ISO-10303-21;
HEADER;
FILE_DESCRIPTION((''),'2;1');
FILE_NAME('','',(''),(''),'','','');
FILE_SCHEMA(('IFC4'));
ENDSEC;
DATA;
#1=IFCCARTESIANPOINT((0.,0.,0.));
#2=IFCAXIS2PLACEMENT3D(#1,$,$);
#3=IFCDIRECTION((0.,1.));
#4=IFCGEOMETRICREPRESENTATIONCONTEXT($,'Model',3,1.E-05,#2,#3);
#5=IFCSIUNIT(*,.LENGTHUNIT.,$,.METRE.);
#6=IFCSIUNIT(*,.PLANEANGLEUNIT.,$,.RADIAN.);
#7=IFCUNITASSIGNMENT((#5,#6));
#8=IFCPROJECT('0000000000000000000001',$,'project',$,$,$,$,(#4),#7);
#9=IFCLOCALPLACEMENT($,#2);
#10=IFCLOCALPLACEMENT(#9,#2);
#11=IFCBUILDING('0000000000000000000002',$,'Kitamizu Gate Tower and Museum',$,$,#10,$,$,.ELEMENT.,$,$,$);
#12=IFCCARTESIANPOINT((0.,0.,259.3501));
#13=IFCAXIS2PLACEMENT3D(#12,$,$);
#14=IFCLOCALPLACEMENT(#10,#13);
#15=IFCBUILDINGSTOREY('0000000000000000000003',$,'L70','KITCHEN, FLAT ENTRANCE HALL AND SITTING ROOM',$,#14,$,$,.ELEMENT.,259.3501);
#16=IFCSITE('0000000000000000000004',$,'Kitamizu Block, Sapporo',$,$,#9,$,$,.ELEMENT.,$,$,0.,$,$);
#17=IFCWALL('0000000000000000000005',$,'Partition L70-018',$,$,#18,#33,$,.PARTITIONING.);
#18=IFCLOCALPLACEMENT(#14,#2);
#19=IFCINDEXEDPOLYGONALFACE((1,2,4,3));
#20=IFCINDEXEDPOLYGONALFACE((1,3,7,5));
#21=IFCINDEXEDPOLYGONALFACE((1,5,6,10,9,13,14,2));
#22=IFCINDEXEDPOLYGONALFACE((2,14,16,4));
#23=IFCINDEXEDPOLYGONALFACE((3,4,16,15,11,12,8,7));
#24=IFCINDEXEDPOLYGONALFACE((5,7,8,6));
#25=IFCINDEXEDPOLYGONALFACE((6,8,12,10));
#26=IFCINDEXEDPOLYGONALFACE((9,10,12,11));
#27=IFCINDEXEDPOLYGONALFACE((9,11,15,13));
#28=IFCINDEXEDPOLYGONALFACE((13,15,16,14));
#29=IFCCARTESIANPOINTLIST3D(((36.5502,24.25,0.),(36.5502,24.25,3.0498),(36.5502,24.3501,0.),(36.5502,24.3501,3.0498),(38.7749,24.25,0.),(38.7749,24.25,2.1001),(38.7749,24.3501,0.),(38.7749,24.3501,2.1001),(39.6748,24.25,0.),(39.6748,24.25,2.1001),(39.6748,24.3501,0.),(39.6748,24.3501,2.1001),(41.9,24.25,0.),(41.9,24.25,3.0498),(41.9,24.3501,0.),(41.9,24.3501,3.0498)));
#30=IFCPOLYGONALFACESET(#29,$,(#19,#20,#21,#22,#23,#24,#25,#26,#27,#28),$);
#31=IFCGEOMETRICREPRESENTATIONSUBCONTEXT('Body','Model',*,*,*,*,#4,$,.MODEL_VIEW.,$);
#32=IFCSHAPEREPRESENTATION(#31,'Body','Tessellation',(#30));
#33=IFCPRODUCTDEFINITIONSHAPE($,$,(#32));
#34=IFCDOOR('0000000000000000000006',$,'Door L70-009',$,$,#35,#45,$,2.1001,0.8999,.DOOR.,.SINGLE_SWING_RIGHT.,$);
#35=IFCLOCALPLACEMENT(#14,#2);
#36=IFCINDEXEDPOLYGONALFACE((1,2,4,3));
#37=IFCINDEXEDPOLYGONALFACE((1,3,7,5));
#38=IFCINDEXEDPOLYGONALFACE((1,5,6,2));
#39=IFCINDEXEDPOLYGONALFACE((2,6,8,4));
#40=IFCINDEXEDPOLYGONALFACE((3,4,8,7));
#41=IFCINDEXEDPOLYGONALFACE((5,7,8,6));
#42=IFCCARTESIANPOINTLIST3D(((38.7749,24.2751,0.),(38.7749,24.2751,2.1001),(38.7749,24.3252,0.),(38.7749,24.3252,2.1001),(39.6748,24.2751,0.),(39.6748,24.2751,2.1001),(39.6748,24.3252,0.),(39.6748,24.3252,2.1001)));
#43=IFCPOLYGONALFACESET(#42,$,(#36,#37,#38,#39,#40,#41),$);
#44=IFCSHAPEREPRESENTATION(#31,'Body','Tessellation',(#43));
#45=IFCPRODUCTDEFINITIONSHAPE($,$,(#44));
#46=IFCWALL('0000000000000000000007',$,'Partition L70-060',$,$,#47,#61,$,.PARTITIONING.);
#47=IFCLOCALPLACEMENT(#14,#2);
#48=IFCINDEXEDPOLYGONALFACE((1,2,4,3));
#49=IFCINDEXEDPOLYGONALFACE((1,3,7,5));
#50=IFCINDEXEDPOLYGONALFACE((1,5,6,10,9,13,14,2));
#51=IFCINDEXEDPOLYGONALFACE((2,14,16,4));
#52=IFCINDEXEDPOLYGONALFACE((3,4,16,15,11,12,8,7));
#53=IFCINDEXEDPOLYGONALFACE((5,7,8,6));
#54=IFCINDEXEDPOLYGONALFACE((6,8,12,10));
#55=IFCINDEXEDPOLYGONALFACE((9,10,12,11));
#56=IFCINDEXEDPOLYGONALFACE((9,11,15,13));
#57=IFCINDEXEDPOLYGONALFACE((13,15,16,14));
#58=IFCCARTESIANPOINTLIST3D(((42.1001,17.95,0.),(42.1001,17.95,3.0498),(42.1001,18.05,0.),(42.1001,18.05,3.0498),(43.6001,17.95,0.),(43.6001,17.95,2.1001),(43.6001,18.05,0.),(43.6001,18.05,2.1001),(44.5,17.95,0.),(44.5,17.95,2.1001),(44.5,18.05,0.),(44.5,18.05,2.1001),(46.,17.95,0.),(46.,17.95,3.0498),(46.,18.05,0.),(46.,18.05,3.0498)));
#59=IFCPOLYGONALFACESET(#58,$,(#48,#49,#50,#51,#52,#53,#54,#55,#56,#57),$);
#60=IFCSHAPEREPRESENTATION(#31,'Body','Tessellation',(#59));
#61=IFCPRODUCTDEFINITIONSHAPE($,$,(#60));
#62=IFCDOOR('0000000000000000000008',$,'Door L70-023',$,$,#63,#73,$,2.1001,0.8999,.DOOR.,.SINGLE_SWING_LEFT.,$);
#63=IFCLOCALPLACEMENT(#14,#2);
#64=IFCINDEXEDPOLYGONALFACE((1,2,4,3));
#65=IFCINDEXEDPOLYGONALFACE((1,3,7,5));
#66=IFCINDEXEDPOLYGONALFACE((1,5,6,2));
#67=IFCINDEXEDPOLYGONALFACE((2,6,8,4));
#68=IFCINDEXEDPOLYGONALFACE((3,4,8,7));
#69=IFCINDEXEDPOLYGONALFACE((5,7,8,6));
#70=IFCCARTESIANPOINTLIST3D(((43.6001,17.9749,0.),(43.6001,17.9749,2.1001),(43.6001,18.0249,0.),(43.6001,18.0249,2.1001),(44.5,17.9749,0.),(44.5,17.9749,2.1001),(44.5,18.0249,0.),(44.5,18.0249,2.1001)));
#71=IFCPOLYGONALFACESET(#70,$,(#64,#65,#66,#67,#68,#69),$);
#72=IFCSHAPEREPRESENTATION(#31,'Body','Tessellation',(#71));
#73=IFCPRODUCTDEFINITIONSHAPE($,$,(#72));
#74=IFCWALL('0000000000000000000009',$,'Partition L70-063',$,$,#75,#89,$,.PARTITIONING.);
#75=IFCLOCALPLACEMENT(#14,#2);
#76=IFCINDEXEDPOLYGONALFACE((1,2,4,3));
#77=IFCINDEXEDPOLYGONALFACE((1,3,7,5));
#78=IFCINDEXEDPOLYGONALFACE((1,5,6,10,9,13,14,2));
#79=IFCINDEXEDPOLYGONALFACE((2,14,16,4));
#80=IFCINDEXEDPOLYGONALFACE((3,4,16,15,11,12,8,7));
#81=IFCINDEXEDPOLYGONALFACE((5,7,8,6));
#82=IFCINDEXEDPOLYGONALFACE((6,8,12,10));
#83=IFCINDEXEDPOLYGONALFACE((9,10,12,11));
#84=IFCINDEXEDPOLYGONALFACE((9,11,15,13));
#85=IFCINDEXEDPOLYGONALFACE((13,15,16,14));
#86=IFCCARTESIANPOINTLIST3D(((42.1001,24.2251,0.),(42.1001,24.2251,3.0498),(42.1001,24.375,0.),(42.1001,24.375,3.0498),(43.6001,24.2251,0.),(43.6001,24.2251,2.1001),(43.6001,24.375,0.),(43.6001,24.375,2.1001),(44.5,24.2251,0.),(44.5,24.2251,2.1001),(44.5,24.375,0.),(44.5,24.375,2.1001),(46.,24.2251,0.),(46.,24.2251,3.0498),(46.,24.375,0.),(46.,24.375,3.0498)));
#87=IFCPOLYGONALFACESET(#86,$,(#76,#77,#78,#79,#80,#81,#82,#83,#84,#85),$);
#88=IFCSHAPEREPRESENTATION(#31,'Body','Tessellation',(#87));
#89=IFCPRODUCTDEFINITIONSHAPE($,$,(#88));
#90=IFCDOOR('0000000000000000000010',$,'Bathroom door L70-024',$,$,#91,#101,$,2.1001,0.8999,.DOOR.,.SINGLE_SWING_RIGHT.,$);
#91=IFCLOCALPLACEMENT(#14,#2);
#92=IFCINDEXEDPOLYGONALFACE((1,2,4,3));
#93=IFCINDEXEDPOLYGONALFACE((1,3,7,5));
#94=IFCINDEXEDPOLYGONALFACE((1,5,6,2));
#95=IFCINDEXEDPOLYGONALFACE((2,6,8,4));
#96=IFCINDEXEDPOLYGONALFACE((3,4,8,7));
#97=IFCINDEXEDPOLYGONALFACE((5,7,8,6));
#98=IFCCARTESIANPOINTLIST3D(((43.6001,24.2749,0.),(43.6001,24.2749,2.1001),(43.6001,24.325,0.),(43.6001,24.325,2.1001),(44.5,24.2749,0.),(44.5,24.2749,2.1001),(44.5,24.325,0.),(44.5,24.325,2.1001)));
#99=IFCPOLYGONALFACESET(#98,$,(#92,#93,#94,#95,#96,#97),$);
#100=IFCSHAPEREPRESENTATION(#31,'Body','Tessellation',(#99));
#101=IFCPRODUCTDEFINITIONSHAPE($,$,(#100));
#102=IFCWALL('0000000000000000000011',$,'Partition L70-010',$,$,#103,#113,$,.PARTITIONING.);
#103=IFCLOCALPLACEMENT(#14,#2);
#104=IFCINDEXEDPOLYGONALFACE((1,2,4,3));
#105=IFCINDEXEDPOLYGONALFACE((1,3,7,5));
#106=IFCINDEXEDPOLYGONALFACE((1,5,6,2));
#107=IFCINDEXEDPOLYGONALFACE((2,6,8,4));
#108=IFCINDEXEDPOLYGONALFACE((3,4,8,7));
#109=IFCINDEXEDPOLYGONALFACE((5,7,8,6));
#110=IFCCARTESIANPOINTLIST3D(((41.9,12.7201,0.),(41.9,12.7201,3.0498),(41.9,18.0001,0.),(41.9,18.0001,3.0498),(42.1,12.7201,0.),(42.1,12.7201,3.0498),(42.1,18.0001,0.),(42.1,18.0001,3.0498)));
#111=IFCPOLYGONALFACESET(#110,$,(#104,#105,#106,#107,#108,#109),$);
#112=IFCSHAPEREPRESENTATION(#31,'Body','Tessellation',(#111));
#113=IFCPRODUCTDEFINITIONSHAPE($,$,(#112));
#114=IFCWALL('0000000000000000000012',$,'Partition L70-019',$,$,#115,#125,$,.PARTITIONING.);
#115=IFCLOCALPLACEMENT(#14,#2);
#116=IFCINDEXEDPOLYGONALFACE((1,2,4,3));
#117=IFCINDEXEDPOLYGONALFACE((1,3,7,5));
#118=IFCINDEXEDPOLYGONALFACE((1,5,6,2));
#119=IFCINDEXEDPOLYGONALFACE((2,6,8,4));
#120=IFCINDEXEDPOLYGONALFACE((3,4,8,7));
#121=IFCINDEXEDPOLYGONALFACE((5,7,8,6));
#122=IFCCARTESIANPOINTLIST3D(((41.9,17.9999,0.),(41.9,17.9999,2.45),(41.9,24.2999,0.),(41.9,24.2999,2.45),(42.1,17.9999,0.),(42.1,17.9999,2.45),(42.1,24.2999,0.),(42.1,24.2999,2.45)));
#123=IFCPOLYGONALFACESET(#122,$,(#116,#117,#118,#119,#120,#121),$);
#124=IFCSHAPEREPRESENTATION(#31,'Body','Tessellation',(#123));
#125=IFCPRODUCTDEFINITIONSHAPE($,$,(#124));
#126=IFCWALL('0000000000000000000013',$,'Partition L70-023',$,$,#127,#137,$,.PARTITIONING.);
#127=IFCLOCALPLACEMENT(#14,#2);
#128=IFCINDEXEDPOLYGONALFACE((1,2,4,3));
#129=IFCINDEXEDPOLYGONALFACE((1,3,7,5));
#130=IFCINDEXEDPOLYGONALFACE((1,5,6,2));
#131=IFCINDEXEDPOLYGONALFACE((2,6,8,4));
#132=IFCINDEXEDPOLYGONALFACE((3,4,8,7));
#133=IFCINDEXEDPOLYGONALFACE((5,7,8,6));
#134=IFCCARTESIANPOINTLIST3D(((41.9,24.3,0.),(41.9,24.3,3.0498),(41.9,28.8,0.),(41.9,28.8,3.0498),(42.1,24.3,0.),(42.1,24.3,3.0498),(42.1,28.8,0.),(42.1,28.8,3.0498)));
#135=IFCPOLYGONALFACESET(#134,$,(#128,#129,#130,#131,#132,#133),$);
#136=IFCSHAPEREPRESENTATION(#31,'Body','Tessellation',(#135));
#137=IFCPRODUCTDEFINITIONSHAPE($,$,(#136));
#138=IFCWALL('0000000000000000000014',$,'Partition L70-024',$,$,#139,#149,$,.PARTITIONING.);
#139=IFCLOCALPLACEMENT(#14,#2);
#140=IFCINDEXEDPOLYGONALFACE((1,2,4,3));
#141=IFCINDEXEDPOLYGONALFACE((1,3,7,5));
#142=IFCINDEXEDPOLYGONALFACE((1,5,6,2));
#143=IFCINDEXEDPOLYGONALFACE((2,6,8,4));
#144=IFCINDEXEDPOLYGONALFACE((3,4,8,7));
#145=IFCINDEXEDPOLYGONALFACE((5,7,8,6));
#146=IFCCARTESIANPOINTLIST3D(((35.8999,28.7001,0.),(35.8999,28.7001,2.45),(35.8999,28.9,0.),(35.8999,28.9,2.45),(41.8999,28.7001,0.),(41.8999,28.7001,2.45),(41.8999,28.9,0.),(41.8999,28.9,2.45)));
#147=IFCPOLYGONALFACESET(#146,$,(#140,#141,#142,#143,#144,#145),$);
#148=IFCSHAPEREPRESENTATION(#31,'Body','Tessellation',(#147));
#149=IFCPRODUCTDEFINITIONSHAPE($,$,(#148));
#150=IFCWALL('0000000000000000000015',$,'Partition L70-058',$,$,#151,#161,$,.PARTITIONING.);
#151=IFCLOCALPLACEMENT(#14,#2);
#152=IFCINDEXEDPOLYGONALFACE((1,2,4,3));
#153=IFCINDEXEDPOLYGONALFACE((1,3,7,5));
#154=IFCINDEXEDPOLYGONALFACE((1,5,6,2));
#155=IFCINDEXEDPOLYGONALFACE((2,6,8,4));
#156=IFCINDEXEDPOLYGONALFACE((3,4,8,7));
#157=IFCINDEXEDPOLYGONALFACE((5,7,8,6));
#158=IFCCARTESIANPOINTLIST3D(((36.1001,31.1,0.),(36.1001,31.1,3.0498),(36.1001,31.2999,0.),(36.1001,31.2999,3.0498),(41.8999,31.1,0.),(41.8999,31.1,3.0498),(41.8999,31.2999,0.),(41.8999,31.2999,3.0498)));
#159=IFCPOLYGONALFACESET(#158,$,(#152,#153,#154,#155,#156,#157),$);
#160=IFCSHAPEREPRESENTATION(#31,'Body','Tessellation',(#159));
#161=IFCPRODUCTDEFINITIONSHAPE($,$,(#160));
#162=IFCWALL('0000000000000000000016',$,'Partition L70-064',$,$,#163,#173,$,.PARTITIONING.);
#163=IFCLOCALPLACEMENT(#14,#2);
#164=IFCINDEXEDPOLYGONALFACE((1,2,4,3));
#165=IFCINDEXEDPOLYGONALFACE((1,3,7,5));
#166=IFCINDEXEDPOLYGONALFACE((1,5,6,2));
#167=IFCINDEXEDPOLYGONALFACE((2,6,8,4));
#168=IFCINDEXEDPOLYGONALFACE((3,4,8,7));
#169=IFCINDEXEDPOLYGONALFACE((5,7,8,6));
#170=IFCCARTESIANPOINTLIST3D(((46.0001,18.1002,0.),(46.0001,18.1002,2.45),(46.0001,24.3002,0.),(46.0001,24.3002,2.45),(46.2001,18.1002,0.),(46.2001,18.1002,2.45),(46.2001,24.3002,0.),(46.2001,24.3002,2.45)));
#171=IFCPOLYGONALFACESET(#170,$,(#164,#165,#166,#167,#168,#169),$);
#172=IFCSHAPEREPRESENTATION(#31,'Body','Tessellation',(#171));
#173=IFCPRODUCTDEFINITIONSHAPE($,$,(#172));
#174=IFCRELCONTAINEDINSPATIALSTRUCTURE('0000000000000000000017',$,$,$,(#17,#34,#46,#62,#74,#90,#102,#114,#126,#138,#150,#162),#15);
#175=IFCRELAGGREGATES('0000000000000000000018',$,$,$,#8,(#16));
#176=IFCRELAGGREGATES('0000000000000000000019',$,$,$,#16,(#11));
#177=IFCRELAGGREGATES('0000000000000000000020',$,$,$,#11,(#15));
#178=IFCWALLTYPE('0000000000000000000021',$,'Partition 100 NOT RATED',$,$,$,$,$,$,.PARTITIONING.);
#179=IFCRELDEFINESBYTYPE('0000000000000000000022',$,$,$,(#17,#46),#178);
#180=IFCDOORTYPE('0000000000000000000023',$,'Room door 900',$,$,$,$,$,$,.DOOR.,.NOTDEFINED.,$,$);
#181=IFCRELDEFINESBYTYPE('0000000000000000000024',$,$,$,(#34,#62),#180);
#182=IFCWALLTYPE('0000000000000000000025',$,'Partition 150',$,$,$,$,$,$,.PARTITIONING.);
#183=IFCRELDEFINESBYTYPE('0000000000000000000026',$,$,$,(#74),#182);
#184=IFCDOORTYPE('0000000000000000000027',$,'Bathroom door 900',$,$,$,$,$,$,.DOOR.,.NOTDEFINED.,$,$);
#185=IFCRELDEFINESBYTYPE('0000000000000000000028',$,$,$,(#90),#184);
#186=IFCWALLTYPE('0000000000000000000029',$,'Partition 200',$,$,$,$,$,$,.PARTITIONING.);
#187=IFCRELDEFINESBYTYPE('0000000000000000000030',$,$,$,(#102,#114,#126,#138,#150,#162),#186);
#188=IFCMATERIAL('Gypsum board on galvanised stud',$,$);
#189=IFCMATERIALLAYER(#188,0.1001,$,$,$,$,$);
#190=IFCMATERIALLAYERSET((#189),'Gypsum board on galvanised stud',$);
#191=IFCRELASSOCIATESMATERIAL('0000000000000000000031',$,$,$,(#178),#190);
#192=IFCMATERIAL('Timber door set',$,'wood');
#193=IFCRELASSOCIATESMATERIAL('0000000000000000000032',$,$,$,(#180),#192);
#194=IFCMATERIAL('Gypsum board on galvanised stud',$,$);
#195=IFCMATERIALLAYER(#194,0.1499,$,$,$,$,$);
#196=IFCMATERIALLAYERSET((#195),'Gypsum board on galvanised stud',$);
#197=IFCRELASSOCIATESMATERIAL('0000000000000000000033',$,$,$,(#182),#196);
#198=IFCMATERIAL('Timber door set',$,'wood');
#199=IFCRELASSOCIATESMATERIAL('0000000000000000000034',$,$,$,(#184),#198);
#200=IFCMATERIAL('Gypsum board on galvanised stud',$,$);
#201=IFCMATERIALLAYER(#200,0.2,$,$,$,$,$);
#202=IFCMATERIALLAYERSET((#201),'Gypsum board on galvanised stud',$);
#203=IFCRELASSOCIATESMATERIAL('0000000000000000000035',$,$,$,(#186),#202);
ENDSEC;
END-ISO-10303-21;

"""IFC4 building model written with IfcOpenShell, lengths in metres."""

from ifc_helpers import new_model, si_unit, direction, frame, frame_2d, origin, place, context, subcontext, project, spatial, rectangle, extrude, material, layer, layer_set, type_object, element, fill, save


model = new_model("IFC4")

# Units and contexts
model_context = context("Model", 3, precision=1e-05, world=origin(), true_north=direction((0.0, 1.0)))
body_context = subcontext(model_context, "Body", "Model", "MODEL_VIEW")
ifc_project = project(units=[si_unit("LENGTHUNIT", "METRE"), si_unit("PLANEANGLEUNIT", "RADIAN")], contexts=[model_context])

# Site, building, storey
site_placement = place(None, origin())
site = spatial("IfcSite", under=ifc_project, at=site_placement, Name="Kitamizu Block, Sapporo", CompositionType="ELEMENT", RefElevation=0.0)
building_placement = place(site_placement, origin())
building = spatial("IfcBuilding", under=site, at=building_placement, Name="Kitamizu Gate Tower and Museum", CompositionType="ELEMENT")
storey_placement = place(building_placement, frame((0.0, 0.0, 259.3501)))
storey = spatial("IfcBuildingStorey", under=building, at=storey_placement, Name="L70", Description="KITCHEN, FLAT ENTRANCE HALL AND SITTING ROOM", CompositionType="ELEMENT", Elevation=259.3501)

# Shared definitions
ifc_material_1 = material(Name="Gypsum board on galvanised stud")
ifc_layer_1 = layer(ifc_material_1, 0.1001)
ifc_layer_set_1 = layer_set([ifc_layer_1], Name="Gypsum board on galvanised stud")
wall_type_1 = type_object("IfcWallType", Name="Partition 100 NOT RATED", PredefinedType="PARTITIONING", material=ifc_layer_set_1)
ifc_material_2 = material(Name="Timber door set", Category="wood")
door_type_1 = type_object("IfcDoorType", Name="Room door 900", OperationType="NOTDEFINED", PredefinedType="DOOR", material=ifc_material_2)

# Walls, openings, doors
wall_1_placement = place(storey_placement, frame((41.8999, 24.3, 0.0), z_axis=(0.0, 0.0, 1.0), x_axis=(-1.0, 0.0, 0.0)))
wall_1 = element("IfcWall", 1, at=wall_1_placement, inside=storey, type_object=wall_type_1, Name="Partition L70-018", PredefinedType="PARTITIONING", context=body_context, shape_type="SweptSolid", body=[
    extrude(rectangle(XDim=5.3499, YDim=0.1001, at=frame_2d((2.6748, 0.0))), origin(), (0.0, 0.0, 1.0), 3.0498),
])
opening_1_placement = place(wall_1_placement, frame((2.2251, 0.0, 0.0)))
opening_1 = element("IfcOpeningElement", 2, at=opening_1_placement, cuts=wall_1, PredefinedType="OPENING", context=body_context, shape_type="SweptSolid", body=[
    extrude(rectangle(XDim=0.8999, YDim=2.1001, at=frame_2d((0.45, 1.05))), frame((0.0, 0.0601, 0.0), z_axis=(0.0, -1.0, 0.0), x_axis=(1.0, 0.0, 0.0)), (0.0, 0.0, 1.0), 0.1201),
])
door_1_placement = place(opening_1_placement, origin())
door_1 = element("IfcDoor", 3, at=door_1_placement, inside=storey, type_object=door_type_1, Name="Door L70-009", OperationType="SINGLE_SWING_RIGHT", OverallHeight=2.1001, OverallWidth=0.8999, PredefinedType="DOOR", context=body_context, shape_type="SweptSolid", body=[
    extrude(rectangle(XDim=0.8999, YDim=2.1001, at=frame_2d((0.45, 1.05))), frame((0.0, 0.0249, 0.0), z_axis=(0.0, -1.0, 0.0), x_axis=(1.0, 0.0, 0.0)), (0.0, 0.0, 1.0), 0.05),
])
fill(opening_1, door_1)
wall_2_placement = place(storey_placement, frame((46.0, 18.0, 0.0), z_axis=(0.0, 0.0, 1.0), x_axis=(-1.0, 0.0, 0.0)))
wall_2 = element("IfcWall", 4, at=wall_2_placement, inside=storey, type_object=wall_type_1, Name="Partition L70-060", PredefinedType="PARTITIONING", context=body_context, shape_type="SweptSolid", body=[
    extrude(rectangle(XDim=3.8999, YDim=0.1001, at=frame_2d((1.95, 0.0))), origin(), (0.0, 0.0, 1.0), 3.0498),
])
opening_2_placement = place(wall_2_placement, frame((1.5, 0.0, 0.0)))
opening_2 = element("IfcOpeningElement", 5, at=opening_2_placement, cuts=wall_2, PredefinedType="OPENING", context=body_context, shape_type="SweptSolid", body=[
    extrude(rectangle(XDim=0.8999, YDim=2.1001, at=frame_2d((0.45, 1.05))), frame((0.0, 0.0601, 0.0), z_axis=(0.0, -1.0, 0.0), x_axis=(1.0, 0.0, 0.0)), (0.0, 0.0, 1.0), 0.1201),
])
door_2_placement = place(opening_2_placement, frame((0.8999, 0.0, 0.0), x_axis=(-1.0, 0.0, 0.0)))
door_2 = element("IfcDoor", 6, at=door_2_placement, inside=storey, type_object=door_type_1, Name="Door L70-023", OperationType="SINGLE_SWING_LEFT", OverallHeight=2.1001, OverallWidth=0.8999, PredefinedType="DOOR", context=body_context, shape_type="SweptSolid", body=[
    extrude(rectangle(XDim=0.8999, YDim=2.1001, at=frame_2d((0.45, 1.05))), frame((0.0, 0.0249, 0.0), z_axis=(0.0, -1.0, 0.0), x_axis=(1.0, 0.0, 0.0)), (0.0, 0.0, 1.0), 0.05),
])
fill(opening_2, door_2)
ifc_material_3 = material(Name="Gypsum board on galvanised stud")
ifc_layer_2 = layer(ifc_material_3, 0.1499)
ifc_layer_set_2 = layer_set([ifc_layer_2], Name="Gypsum board on galvanised stud")
wall_type_2 = type_object("IfcWallType", Name="Partition 150", PredefinedType="PARTITIONING", material=ifc_layer_set_2)
wall_3_placement = place(storey_placement, frame((46.0, 24.3, 0.0), z_axis=(0.0, 0.0, 1.0), x_axis=(-1.0, 0.0, 0.0)))
wall_3 = element("IfcWall", 7, at=wall_3_placement, inside=storey, type_object=wall_type_2, Name="Partition L70-063", PredefinedType="PARTITIONING", context=body_context, shape_type="SweptSolid", body=[
    extrude(rectangle(XDim=3.8999, YDim=0.1499, at=frame_2d((1.95, 0.0))), origin(), (0.0, 0.0, 1.0), 3.0498),
])
opening_3_placement = place(wall_3_placement, frame((1.5, 0.0, 0.0)))
opening_3 = element("IfcOpeningElement", 8, at=opening_3_placement, cuts=wall_3, PredefinedType="OPENING", context=body_context, shape_type="SweptSolid", body=[
    extrude(rectangle(XDim=0.8999, YDim=2.1001, at=frame_2d((0.45, 1.05))), frame((0.0, 0.085, 0.0), z_axis=(0.0, -1.0, 0.0), x_axis=(1.0, 0.0, 0.0)), (0.0, 0.0, 1.0), 0.1699),
])
ifc_material_4 = material(Name="Timber door set", Category="wood")
door_type_2 = type_object("IfcDoorType", Name="Bathroom door 900", OperationType="NOTDEFINED", PredefinedType="DOOR", material=ifc_material_4)
door_3_placement = place(opening_3_placement, frame((0.8999, 0.0, 0.0), x_axis=(-1.0, 0.0, 0.0)))
door_3 = element("IfcDoor", 9, at=door_3_placement, inside=storey, type_object=door_type_2, Name="Bathroom door L70-024", OperationType="SINGLE_SWING_RIGHT", OverallHeight=2.1001, OverallWidth=0.8999, PredefinedType="DOOR", context=body_context, shape_type="SweptSolid", body=[
    extrude(rectangle(XDim=0.8999, YDim=2.1001, at=frame_2d((0.45, 1.05))), frame((0.0, 0.0249, 0.0), z_axis=(0.0, -1.0, 0.0), x_axis=(1.0, 0.0, 0.0)), (0.0, 0.0, 1.0), 0.05),
])
fill(opening_3, door_3)

# Walls
ifc_material_5 = material(Name="Gypsum board on galvanised stud")
ifc_layer_3 = layer(ifc_material_5, 0.2)
ifc_layer_set_3 = layer_set([ifc_layer_3], Name="Gypsum board on galvanised stud")
wall_type_3 = type_object("IfcWallType", Name="Partition 200", PredefinedType="PARTITIONING", material=ifc_layer_set_3)
wall_4_placement = place(storey_placement, frame((42.0, 12.72, 0.0), z_axis=(0.0, 0.0, 1.0), x_axis=(0.0, 1.0, 0.0)))
element("IfcWall", 10, at=wall_4_placement, inside=storey, type_object=wall_type_3, Name="Partition L70-010", PredefinedType="PARTITIONING", context=body_context, shape_type="SweptSolid", body=[
    extrude(rectangle(XDim=5.28, YDim=0.2, at=frame_2d((2.6401, 0.0))), origin(), (0.0, 0.0, 1.0), 3.0498),
])
wall_5_placement = place(storey_placement, frame((42.0, 18.0, 0.0), z_axis=(0.0, 0.0, 1.0), x_axis=(0.0, 1.0, 0.0)))
element("IfcWall", 11, at=wall_5_placement, inside=storey, type_object=wall_type_3, Name="Partition L70-019", PredefinedType="PARTITIONING", context=body_context, shape_type="SweptSolid", body=[
    extrude(rectangle(XDim=6.3, YDim=0.2, at=frame_2d((3.1499, 0.0))), origin(), (0.0, 0.0, 1.0), 2.45),
])
wall_6_placement = place(storey_placement, frame((42.0, 24.3, 0.0), z_axis=(0.0, 0.0, 1.0), x_axis=(0.0, 1.0, 0.0)))
element("IfcWall", 12, at=wall_6_placement, inside=storey, type_object=wall_type_3, Name="Partition L70-023", PredefinedType="PARTITIONING", context=body_context, shape_type="SweptSolid", body=[
    extrude(rectangle(XDim=4.5, YDim=0.2, at=frame_2d((2.25, 0.0))), origin(), (0.0, 0.0, 1.0), 3.0498),
])
wall_7_placement = place(storey_placement, frame((41.8999, 28.8, 0.0), z_axis=(0.0, 0.0, 1.0), x_axis=(-1.0, 0.0, 0.0)))
element("IfcWall", 13, at=wall_7_placement, inside=storey, type_object=wall_type_3, Name="Partition L70-024", PredefinedType="PARTITIONING", context=body_context, shape_type="SweptSolid", body=[
    extrude(rectangle(XDim=6.0, YDim=0.2, at=frame_2d((3.0, 0.0))), origin(), (0.0, 0.0, 1.0), 2.45),
])
wall_8_placement = place(storey_placement, frame((36.1001, 31.2, 0.0), z_axis=(0.0, 0.0, 1.0), x_axis=(1.0, 0.0, 0.0)))
element("IfcWall", 14, at=wall_8_placement, inside=storey, type_object=wall_type_3, Name="Partition L70-058", PredefinedType="PARTITIONING", context=body_context, shape_type="SweptSolid", body=[
    extrude(rectangle(XDim=5.7998, YDim=0.2, at=frame_2d((2.8999, 0.0))), origin(), (0.0, 0.0, 1.0), 3.0498),
])
wall_9_placement = place(storey_placement, frame((46.1001, 18.1001, 0.0), z_axis=(0.0, 0.0, 1.0), x_axis=(0.0, 1.0, 0.0)))
element("IfcWall", 15, at=wall_9_placement, inside=storey, type_object=wall_type_3, Name="Partition L70-064", PredefinedType="PARTITIONING", context=body_context, shape_type="SweptSolid", body=[
    extrude(rectangle(XDim=6.2, YDim=0.2, at=frame_2d((3.1001, 0.0))), origin(), (0.0, 0.0, 1.0), 2.45),
])

save(model, "model.ifc")
